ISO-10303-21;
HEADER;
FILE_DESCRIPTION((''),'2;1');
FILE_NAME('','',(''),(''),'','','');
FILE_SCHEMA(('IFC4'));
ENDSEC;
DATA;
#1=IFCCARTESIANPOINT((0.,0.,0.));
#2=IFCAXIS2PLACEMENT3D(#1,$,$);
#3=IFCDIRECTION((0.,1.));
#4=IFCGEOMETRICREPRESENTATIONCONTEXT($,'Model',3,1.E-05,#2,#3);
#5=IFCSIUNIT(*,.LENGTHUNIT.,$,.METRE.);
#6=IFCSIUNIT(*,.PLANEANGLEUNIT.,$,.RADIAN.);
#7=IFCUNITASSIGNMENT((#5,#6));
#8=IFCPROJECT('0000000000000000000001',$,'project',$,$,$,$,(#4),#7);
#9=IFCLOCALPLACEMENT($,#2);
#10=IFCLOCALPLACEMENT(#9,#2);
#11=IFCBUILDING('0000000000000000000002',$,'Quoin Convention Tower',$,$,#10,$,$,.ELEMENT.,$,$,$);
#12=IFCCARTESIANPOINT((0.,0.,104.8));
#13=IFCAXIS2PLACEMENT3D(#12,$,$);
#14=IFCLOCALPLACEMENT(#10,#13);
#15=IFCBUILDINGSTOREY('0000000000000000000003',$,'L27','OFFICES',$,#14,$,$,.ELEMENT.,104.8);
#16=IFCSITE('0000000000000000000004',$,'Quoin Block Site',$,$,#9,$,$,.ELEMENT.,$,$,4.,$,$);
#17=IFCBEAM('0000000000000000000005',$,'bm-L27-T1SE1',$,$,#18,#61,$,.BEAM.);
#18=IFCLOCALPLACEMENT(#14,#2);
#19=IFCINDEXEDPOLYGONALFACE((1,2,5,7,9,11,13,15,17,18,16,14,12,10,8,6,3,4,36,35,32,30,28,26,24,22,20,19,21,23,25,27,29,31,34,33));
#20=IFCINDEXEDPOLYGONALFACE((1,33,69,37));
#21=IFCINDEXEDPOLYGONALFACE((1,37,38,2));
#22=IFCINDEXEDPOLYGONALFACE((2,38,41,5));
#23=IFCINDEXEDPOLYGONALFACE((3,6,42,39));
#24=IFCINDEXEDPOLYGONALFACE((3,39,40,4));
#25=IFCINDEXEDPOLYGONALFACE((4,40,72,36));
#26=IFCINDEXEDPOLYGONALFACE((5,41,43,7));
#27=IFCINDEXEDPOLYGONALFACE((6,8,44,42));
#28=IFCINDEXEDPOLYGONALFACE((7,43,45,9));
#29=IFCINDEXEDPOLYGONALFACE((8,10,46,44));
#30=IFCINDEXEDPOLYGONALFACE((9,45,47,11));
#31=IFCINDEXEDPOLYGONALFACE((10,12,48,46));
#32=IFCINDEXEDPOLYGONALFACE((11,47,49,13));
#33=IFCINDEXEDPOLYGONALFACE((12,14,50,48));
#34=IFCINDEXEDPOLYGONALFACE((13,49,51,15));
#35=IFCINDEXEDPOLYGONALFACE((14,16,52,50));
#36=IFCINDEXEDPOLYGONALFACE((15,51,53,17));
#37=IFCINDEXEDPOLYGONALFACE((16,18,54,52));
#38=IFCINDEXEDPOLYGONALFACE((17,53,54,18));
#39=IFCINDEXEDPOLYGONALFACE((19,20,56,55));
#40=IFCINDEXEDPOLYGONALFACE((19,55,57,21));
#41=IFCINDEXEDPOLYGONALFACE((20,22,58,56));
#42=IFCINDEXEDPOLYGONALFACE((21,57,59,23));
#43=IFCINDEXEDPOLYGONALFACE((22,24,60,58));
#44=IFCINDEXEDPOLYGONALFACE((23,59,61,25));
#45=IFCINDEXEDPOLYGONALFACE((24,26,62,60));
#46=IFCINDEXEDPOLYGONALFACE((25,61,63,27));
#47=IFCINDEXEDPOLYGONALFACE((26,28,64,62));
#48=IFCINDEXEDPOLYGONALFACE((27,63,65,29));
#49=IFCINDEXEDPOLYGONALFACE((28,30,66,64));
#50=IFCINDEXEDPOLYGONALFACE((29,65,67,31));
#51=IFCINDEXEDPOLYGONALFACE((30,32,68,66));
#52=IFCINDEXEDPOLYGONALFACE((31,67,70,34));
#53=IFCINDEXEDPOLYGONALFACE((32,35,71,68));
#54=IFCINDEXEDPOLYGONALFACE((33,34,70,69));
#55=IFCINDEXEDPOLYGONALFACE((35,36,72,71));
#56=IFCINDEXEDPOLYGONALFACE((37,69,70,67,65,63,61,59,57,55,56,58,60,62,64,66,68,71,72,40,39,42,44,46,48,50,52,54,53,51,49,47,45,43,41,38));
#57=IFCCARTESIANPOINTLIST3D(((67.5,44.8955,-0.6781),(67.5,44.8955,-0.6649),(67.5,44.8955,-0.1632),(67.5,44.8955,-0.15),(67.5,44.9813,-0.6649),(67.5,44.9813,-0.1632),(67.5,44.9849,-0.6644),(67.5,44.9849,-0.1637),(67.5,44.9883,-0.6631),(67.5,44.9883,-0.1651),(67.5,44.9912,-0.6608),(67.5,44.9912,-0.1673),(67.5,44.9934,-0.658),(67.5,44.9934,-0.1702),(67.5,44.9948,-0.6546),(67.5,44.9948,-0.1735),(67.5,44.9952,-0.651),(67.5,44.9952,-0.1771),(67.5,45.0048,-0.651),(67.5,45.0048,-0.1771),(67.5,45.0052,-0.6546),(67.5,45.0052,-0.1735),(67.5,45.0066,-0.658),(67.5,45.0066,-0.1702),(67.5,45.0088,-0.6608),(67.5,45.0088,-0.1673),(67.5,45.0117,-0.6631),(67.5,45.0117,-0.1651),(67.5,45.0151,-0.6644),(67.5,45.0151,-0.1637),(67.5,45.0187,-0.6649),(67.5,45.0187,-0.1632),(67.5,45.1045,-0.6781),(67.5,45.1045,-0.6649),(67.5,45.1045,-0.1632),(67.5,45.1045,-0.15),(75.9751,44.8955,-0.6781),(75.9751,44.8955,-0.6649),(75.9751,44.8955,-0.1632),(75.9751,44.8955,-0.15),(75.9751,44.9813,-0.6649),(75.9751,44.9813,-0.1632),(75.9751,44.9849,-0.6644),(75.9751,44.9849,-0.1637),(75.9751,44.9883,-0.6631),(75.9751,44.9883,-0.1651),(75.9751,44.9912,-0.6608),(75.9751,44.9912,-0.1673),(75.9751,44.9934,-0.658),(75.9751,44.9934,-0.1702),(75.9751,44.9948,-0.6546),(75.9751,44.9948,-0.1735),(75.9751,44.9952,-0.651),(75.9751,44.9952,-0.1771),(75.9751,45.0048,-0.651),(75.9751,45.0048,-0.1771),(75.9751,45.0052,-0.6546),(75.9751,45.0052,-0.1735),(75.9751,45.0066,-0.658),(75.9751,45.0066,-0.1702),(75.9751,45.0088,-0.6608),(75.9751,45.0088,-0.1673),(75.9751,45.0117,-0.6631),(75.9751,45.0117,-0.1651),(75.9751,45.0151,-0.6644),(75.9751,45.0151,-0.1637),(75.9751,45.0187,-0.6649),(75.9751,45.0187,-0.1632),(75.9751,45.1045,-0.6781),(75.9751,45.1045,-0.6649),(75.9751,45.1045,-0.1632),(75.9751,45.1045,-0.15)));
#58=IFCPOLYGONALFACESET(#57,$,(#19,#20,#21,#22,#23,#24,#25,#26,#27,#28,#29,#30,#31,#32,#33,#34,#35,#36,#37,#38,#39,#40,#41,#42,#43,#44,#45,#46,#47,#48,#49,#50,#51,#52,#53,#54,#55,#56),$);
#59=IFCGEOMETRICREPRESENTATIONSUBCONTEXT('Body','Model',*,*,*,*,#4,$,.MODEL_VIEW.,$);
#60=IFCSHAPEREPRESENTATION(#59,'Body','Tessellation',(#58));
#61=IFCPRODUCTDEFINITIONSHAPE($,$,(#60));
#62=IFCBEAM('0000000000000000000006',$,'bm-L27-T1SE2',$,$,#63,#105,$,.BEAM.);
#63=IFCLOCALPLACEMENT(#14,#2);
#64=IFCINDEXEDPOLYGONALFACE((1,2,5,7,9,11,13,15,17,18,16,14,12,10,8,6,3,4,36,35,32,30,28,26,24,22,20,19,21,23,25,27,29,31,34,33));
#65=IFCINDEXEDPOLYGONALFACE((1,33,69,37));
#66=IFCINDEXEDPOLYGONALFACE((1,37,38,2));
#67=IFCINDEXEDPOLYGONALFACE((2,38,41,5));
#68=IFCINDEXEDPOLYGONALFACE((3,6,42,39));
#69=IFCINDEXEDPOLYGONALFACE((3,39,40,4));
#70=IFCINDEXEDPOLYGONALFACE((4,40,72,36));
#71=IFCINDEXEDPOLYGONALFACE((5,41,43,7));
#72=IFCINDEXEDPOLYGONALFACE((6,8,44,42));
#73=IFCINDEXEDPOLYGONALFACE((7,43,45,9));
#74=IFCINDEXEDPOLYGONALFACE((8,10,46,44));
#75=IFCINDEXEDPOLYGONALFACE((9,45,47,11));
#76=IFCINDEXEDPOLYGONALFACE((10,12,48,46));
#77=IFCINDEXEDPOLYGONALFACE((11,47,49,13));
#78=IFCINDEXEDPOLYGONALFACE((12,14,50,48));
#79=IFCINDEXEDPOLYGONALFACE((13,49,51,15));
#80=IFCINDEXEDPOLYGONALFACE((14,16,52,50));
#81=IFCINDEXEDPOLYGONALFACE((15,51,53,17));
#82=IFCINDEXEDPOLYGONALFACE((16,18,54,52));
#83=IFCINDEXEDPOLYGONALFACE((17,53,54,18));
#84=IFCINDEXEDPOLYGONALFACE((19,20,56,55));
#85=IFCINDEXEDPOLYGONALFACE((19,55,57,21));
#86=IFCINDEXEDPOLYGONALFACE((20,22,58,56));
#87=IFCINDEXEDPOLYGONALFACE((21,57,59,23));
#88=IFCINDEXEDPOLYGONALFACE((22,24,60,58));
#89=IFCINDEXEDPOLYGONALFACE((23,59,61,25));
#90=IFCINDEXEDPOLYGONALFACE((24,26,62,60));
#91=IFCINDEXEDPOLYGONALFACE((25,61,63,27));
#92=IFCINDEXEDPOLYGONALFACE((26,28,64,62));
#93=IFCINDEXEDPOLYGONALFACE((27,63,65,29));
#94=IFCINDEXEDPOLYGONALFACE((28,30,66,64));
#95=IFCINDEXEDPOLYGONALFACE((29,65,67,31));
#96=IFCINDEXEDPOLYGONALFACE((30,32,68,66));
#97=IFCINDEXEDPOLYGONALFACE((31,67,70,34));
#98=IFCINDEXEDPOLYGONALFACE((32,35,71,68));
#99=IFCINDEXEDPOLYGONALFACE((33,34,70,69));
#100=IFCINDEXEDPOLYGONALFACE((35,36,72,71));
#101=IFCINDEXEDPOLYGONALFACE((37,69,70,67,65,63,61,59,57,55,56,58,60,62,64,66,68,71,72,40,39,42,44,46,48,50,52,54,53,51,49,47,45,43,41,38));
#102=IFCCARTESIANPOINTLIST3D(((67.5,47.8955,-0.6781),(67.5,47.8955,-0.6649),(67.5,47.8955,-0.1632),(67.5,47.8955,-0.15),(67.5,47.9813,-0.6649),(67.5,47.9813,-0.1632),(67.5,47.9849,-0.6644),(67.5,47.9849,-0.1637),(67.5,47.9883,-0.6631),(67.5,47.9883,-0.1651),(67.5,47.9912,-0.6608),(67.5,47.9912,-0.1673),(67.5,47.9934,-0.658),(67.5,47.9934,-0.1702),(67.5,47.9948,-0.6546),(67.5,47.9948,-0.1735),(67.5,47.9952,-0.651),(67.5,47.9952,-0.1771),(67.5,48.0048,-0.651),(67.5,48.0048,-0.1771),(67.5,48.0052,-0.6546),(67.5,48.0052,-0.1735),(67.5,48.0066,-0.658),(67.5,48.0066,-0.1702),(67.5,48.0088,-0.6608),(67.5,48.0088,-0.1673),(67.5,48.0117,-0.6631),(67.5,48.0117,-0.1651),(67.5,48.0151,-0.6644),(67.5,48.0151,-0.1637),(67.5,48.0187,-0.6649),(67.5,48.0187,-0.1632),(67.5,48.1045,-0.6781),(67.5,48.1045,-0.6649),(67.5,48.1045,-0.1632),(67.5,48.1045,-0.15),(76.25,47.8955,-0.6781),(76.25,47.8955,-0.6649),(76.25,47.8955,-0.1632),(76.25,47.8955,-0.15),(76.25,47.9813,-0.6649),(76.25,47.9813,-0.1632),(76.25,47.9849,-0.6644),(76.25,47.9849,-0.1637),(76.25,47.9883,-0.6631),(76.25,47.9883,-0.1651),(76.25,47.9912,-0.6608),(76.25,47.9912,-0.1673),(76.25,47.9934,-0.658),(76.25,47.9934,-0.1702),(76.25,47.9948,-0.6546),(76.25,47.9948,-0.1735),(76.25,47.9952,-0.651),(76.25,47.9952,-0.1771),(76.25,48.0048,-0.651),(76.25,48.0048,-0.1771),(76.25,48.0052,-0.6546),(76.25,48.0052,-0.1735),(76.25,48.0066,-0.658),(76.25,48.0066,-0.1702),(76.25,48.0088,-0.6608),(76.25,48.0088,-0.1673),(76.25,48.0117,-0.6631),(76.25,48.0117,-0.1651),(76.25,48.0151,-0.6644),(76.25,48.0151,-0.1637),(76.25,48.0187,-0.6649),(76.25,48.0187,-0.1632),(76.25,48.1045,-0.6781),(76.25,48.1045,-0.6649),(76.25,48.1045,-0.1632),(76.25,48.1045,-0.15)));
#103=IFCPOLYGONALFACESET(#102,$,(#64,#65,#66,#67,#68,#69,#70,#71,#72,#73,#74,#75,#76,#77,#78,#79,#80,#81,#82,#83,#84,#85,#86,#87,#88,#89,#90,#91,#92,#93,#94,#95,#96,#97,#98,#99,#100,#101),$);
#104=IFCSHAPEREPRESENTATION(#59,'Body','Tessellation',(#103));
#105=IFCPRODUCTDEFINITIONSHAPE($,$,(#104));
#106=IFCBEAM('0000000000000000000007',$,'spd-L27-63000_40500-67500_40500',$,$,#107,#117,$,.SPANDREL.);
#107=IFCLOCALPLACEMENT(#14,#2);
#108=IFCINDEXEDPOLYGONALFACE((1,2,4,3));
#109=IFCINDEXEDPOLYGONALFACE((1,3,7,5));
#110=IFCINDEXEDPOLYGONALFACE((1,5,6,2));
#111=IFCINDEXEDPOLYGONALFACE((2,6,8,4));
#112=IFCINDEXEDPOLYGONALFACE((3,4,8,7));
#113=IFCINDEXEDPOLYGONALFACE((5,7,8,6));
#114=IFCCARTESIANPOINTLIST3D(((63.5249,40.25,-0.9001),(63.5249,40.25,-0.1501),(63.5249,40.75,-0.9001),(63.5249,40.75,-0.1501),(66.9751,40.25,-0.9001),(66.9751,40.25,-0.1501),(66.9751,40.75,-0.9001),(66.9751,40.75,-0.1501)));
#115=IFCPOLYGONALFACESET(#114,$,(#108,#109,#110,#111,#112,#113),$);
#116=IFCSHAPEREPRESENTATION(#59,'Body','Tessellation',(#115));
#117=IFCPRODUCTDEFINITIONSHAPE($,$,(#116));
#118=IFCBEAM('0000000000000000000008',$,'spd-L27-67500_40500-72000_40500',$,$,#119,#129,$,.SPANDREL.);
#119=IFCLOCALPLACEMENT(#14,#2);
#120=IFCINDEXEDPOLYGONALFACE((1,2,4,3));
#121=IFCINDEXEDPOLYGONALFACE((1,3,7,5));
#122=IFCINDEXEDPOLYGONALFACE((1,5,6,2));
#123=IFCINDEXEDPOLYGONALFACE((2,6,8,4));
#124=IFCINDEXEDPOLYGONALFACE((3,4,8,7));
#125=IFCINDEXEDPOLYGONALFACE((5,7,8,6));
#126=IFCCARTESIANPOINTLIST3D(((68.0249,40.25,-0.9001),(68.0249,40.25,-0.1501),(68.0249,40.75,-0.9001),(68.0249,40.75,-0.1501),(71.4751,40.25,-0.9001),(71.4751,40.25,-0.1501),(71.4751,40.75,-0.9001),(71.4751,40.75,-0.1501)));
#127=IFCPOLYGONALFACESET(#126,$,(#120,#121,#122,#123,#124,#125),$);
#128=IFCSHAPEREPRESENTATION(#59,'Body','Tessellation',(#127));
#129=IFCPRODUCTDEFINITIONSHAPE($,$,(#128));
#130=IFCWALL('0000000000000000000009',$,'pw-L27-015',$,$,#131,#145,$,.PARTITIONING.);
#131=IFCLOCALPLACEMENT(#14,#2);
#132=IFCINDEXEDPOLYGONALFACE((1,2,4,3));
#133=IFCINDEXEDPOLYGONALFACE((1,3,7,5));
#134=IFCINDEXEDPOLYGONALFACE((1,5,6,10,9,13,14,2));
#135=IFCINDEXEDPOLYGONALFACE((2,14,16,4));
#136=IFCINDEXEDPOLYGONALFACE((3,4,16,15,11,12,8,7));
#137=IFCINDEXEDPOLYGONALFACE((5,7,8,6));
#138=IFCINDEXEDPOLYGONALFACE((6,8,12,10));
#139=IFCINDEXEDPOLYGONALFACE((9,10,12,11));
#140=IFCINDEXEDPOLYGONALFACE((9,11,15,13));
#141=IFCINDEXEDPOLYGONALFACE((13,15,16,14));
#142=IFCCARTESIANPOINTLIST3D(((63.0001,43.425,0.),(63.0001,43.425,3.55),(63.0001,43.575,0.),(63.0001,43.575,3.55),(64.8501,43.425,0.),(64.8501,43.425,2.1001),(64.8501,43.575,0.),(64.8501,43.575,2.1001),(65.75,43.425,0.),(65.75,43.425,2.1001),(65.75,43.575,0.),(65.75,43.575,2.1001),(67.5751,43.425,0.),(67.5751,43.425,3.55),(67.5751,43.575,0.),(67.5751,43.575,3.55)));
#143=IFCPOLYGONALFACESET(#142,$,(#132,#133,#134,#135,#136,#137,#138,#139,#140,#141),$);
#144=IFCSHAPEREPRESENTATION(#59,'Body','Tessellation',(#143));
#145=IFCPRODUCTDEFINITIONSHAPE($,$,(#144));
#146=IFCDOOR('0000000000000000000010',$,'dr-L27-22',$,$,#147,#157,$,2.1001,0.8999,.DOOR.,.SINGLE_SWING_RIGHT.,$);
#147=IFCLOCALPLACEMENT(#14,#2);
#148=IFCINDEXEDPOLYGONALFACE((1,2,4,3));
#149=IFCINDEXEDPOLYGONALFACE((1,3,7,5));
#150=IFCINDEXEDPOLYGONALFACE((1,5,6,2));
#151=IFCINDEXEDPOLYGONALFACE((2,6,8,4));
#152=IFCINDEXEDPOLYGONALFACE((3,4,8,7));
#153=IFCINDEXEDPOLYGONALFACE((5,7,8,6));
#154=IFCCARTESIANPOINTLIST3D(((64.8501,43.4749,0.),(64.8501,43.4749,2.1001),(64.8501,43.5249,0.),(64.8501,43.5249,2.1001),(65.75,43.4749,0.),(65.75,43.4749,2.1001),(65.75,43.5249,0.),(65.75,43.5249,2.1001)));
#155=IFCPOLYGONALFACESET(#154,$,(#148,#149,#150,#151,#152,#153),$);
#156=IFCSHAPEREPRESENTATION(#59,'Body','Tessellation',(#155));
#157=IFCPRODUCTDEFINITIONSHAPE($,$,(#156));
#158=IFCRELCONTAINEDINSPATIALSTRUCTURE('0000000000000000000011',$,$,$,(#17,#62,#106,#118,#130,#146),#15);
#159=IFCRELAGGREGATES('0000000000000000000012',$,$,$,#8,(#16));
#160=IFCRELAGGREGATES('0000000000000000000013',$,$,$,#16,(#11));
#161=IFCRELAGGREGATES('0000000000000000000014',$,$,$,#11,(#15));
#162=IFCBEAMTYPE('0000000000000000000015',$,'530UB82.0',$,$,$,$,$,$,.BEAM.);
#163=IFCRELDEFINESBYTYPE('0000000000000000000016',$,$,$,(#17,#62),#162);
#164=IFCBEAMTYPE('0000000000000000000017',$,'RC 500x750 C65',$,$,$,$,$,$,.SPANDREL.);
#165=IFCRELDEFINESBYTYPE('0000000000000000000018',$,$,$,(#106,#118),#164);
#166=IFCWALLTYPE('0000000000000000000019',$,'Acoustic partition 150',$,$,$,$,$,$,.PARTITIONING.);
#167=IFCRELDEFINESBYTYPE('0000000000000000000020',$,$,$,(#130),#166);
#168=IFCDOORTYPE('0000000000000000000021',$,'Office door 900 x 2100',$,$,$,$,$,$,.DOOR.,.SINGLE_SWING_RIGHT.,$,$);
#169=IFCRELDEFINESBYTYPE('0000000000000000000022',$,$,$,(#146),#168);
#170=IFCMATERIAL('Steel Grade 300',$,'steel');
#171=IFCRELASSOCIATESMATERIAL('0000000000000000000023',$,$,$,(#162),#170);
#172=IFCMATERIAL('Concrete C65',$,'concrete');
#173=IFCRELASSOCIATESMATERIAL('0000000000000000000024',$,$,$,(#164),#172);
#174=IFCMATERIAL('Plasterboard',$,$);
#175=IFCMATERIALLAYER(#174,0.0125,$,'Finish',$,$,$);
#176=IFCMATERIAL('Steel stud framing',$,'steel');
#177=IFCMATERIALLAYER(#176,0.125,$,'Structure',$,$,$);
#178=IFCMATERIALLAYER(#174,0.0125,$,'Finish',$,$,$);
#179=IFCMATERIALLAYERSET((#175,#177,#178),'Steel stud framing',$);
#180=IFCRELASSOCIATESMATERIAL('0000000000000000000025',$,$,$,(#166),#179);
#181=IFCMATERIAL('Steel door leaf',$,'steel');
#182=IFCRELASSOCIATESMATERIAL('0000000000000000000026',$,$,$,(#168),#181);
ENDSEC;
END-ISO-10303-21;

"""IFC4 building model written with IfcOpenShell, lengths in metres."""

from ifc_helpers import new_model, si_unit, direction, frame, frame_2d, origin, origin_2d, place, context, subcontext, project, spatial, rectangle, i_section, extrude, material, layer, layer_set, material_profile, profile_set, type_object, element, fill, save


model = new_model("IFC4")

# Units and contexts
model_context = context("Model", 3, precision=1e-05, world=origin(), true_north=direction((0.0, 1.0)))
body_context = subcontext(model_context, "Body", "Model", "MODEL_VIEW")
ifc_project = project(units=[si_unit("LENGTHUNIT", "METRE"), si_unit("PLANEANGLEUNIT", "RADIAN")], contexts=[model_context])

# Site, building, storey
site_placement = place(None, origin())
site = spatial("IfcSite", under=ifc_project, at=site_placement, Name="Quoin Block Site", CompositionType="ELEMENT", RefElevation=4.0)
building_placement = place(site_placement, origin())
building = spatial("IfcBuilding", under=site, at=building_placement, Name="Quoin Convention Tower", CompositionType="ELEMENT")
storey_placement = place(building_placement, frame((0.0, 0.0, 104.8)))
storey = spatial("IfcBuildingStorey", under=building, at=storey_placement, Name="L27", Description="OFFICES", CompositionType="ELEMENT", Elevation=104.8)

# Shared definitions
ifc_material_1 = material(Name="Concrete C65", Category="concrete")

# Beams
ifc_material_2 = material(Name="Steel Grade 300", Category="steel")
ifc_material_profile_1 = material_profile(ifc_material_2, i_section(OverallWidth=0.209, OverallDepth=0.5281, WebThickness=0.0095, FlangeThickness=0.0132, FilletRadius=0.0139, at=origin_2d()), Name="530UB82.0")
ifc_profile_set_1 = profile_set([ifc_material_profile_1], Name="Steel Grade 300")
beam_type_1 = type_object("IfcBeamType", Name="530UB82.0", PredefinedType="BEAM", material=ifc_profile_set_1)
beam_1_placement = place(storey_placement, frame((67.5, 45.0, -0.4141), z_axis=(1.0, 0.0, 0.0), x_axis=(0.0, 1.0, 0.0)))
element("IfcBeam", 1, at=beam_1_placement, inside=storey, type_object=beam_type_1, Name="bm-L27-T1SE1", PredefinedType="BEAM", context=body_context, shape_type="SweptSolid", body=[
    extrude(i_section(OverallWidth=0.209, OverallDepth=0.5281, WebThickness=0.0095, FlangeThickness=0.0132, FilletRadius=0.0139, at=origin_2d()), origin(), (0.0, 0.0, 1.0), 8.4751),
])
beam_2_placement = place(storey_placement, frame((67.5, 48.0, -0.4141), z_axis=(1.0, 0.0, 0.0), x_axis=(0.0, 1.0, 0.0)))
element("IfcBeam", 2, at=beam_2_placement, inside=storey, type_object=beam_type_1, Name="bm-L27-T1SE2", PredefinedType="BEAM", context=body_context, shape_type="SweptSolid", body=[
    extrude(i_section(OverallWidth=0.209, OverallDepth=0.5281, WebThickness=0.0095, FlangeThickness=0.0132, FilletRadius=0.0139, at=origin_2d()), origin(), (0.0, 0.0, 1.0), 8.75),
])
ifc_material_profile_2 = material_profile(ifc_material_1, rectangle(XDim=0.5, YDim=0.75, at=origin_2d()), Name="RC 500x750")
ifc_profile_set_2 = profile_set([ifc_material_profile_2], Name="Concrete C65")
beam_type_2 = type_object("IfcBeamType", Name="RC 500x750 C65", PredefinedType="SPANDREL", material=ifc_profile_set_2)
for number, where, z_axis, x_axis, name in (
    (3, (63.5249, 40.5, -0.5251), (1.0, 0.0, 0.0), (0.0, 1.0, 0.0), "spd-L27-63000_40500-67500_40500"),
    (4, (68.0249, 40.5, -0.5251), (1.0, 0.0, 0.0), (0.0, 1.0, 0.0), "spd-L27-67500_40500-72000_40500"),
):
    element("IfcBeam", number, at=place(storey_placement, frame(where, z_axis=z_axis, x_axis=x_axis)), inside=storey, type_object=beam_type_2, Name=name, PredefinedType="SPANDREL", context=body_context, shape_type="SweptSolid", body=[
        extrude(rectangle(XDim=0.5, YDim=0.75, at=origin_2d()), origin(), (0.0, 0.0, 1.0), 3.4502),
    ])

# Wall, opening, door
ifc_material_3 = material(Name="Plasterboard")
ifc_layer_1 = layer(ifc_material_3, 0.0125, Name="Finish")
ifc_material_4 = material(Name="Steel stud framing", Category="steel")
ifc_layer_2 = layer(ifc_material_4, 0.125, Name="Structure")
ifc_layer_3 = layer(ifc_material_3, 0.0125, Name="Finish")
ifc_layer_set_1 = layer_set([ifc_layer_1, ifc_layer_2, ifc_layer_3], Name="Steel stud framing")
wall_type_1 = type_object("IfcWallType", Name="Acoustic partition 150", PredefinedType="PARTITIONING", material=ifc_layer_set_1)
wall_1_placement = place(storey_placement, frame((63.0, 43.5, 0.0), z_axis=(0.0, 0.0, 1.0), x_axis=(1.0, 0.0, 0.0)))
wall_1 = element("IfcWall", 5, at=wall_1_placement, inside=storey, type_object=wall_type_1, Name="pw-L27-015", PredefinedType="PARTITIONING", context=body_context, shape_type="SweptSolid", body=[
    extrude(rectangle(XDim=4.575, YDim=0.1499, at=frame_2d((2.2876, 0.0))), origin(), (0.0, 0.0, 1.0), 3.55),
])
opening_1_placement = place(wall_1_placement, frame((1.8501, 0.0, 0.0)))
opening_1 = element("IfcOpeningElement", 6, at=opening_1_placement, cuts=wall_1, PredefinedType="OPENING", context=body_context, shape_type="SweptSolid", body=[
    extrude(rectangle(XDim=0.8999, YDim=2.1001, at=frame_2d((0.45, 1.05))), frame((0.0, 0.085, 0.0), z_axis=(0.0, -1.0, 0.0), x_axis=(1.0, 0.0, 0.0)), (0.0, 0.0, 1.0), 0.1699),
])
ifc_material_5 = material(Name="Steel door leaf", Category="steel")
door_type_1 = type_object("IfcDoorType", Name="Office door 900 x 2100", OperationType="SINGLE_SWING_RIGHT", PredefinedType="DOOR", material=ifc_material_5)
door_1_placement = place(opening_1_placement, origin())
door_1 = element("IfcDoor", 7, at=door_1_placement, inside=storey, type_object=door_type_1, Name="dr-L27-22", OperationType="SINGLE_SWING_RIGHT", OverallHeight=2.1001, OverallWidth=0.8999, PredefinedType="DOOR", context=body_context, shape_type="SweptSolid", body=[
    extrude(rectangle(XDim=0.8999, YDim=2.1001, at=frame_2d((0.45, 1.05))), frame((0.0, 0.0249, 0.0), z_axis=(0.0, -1.0, 0.0), x_axis=(1.0, 0.0, 0.0)), (0.0, 0.0, 1.0), 0.05),
])
fill(opening_1, door_1)

save(model, "model.ifc")
